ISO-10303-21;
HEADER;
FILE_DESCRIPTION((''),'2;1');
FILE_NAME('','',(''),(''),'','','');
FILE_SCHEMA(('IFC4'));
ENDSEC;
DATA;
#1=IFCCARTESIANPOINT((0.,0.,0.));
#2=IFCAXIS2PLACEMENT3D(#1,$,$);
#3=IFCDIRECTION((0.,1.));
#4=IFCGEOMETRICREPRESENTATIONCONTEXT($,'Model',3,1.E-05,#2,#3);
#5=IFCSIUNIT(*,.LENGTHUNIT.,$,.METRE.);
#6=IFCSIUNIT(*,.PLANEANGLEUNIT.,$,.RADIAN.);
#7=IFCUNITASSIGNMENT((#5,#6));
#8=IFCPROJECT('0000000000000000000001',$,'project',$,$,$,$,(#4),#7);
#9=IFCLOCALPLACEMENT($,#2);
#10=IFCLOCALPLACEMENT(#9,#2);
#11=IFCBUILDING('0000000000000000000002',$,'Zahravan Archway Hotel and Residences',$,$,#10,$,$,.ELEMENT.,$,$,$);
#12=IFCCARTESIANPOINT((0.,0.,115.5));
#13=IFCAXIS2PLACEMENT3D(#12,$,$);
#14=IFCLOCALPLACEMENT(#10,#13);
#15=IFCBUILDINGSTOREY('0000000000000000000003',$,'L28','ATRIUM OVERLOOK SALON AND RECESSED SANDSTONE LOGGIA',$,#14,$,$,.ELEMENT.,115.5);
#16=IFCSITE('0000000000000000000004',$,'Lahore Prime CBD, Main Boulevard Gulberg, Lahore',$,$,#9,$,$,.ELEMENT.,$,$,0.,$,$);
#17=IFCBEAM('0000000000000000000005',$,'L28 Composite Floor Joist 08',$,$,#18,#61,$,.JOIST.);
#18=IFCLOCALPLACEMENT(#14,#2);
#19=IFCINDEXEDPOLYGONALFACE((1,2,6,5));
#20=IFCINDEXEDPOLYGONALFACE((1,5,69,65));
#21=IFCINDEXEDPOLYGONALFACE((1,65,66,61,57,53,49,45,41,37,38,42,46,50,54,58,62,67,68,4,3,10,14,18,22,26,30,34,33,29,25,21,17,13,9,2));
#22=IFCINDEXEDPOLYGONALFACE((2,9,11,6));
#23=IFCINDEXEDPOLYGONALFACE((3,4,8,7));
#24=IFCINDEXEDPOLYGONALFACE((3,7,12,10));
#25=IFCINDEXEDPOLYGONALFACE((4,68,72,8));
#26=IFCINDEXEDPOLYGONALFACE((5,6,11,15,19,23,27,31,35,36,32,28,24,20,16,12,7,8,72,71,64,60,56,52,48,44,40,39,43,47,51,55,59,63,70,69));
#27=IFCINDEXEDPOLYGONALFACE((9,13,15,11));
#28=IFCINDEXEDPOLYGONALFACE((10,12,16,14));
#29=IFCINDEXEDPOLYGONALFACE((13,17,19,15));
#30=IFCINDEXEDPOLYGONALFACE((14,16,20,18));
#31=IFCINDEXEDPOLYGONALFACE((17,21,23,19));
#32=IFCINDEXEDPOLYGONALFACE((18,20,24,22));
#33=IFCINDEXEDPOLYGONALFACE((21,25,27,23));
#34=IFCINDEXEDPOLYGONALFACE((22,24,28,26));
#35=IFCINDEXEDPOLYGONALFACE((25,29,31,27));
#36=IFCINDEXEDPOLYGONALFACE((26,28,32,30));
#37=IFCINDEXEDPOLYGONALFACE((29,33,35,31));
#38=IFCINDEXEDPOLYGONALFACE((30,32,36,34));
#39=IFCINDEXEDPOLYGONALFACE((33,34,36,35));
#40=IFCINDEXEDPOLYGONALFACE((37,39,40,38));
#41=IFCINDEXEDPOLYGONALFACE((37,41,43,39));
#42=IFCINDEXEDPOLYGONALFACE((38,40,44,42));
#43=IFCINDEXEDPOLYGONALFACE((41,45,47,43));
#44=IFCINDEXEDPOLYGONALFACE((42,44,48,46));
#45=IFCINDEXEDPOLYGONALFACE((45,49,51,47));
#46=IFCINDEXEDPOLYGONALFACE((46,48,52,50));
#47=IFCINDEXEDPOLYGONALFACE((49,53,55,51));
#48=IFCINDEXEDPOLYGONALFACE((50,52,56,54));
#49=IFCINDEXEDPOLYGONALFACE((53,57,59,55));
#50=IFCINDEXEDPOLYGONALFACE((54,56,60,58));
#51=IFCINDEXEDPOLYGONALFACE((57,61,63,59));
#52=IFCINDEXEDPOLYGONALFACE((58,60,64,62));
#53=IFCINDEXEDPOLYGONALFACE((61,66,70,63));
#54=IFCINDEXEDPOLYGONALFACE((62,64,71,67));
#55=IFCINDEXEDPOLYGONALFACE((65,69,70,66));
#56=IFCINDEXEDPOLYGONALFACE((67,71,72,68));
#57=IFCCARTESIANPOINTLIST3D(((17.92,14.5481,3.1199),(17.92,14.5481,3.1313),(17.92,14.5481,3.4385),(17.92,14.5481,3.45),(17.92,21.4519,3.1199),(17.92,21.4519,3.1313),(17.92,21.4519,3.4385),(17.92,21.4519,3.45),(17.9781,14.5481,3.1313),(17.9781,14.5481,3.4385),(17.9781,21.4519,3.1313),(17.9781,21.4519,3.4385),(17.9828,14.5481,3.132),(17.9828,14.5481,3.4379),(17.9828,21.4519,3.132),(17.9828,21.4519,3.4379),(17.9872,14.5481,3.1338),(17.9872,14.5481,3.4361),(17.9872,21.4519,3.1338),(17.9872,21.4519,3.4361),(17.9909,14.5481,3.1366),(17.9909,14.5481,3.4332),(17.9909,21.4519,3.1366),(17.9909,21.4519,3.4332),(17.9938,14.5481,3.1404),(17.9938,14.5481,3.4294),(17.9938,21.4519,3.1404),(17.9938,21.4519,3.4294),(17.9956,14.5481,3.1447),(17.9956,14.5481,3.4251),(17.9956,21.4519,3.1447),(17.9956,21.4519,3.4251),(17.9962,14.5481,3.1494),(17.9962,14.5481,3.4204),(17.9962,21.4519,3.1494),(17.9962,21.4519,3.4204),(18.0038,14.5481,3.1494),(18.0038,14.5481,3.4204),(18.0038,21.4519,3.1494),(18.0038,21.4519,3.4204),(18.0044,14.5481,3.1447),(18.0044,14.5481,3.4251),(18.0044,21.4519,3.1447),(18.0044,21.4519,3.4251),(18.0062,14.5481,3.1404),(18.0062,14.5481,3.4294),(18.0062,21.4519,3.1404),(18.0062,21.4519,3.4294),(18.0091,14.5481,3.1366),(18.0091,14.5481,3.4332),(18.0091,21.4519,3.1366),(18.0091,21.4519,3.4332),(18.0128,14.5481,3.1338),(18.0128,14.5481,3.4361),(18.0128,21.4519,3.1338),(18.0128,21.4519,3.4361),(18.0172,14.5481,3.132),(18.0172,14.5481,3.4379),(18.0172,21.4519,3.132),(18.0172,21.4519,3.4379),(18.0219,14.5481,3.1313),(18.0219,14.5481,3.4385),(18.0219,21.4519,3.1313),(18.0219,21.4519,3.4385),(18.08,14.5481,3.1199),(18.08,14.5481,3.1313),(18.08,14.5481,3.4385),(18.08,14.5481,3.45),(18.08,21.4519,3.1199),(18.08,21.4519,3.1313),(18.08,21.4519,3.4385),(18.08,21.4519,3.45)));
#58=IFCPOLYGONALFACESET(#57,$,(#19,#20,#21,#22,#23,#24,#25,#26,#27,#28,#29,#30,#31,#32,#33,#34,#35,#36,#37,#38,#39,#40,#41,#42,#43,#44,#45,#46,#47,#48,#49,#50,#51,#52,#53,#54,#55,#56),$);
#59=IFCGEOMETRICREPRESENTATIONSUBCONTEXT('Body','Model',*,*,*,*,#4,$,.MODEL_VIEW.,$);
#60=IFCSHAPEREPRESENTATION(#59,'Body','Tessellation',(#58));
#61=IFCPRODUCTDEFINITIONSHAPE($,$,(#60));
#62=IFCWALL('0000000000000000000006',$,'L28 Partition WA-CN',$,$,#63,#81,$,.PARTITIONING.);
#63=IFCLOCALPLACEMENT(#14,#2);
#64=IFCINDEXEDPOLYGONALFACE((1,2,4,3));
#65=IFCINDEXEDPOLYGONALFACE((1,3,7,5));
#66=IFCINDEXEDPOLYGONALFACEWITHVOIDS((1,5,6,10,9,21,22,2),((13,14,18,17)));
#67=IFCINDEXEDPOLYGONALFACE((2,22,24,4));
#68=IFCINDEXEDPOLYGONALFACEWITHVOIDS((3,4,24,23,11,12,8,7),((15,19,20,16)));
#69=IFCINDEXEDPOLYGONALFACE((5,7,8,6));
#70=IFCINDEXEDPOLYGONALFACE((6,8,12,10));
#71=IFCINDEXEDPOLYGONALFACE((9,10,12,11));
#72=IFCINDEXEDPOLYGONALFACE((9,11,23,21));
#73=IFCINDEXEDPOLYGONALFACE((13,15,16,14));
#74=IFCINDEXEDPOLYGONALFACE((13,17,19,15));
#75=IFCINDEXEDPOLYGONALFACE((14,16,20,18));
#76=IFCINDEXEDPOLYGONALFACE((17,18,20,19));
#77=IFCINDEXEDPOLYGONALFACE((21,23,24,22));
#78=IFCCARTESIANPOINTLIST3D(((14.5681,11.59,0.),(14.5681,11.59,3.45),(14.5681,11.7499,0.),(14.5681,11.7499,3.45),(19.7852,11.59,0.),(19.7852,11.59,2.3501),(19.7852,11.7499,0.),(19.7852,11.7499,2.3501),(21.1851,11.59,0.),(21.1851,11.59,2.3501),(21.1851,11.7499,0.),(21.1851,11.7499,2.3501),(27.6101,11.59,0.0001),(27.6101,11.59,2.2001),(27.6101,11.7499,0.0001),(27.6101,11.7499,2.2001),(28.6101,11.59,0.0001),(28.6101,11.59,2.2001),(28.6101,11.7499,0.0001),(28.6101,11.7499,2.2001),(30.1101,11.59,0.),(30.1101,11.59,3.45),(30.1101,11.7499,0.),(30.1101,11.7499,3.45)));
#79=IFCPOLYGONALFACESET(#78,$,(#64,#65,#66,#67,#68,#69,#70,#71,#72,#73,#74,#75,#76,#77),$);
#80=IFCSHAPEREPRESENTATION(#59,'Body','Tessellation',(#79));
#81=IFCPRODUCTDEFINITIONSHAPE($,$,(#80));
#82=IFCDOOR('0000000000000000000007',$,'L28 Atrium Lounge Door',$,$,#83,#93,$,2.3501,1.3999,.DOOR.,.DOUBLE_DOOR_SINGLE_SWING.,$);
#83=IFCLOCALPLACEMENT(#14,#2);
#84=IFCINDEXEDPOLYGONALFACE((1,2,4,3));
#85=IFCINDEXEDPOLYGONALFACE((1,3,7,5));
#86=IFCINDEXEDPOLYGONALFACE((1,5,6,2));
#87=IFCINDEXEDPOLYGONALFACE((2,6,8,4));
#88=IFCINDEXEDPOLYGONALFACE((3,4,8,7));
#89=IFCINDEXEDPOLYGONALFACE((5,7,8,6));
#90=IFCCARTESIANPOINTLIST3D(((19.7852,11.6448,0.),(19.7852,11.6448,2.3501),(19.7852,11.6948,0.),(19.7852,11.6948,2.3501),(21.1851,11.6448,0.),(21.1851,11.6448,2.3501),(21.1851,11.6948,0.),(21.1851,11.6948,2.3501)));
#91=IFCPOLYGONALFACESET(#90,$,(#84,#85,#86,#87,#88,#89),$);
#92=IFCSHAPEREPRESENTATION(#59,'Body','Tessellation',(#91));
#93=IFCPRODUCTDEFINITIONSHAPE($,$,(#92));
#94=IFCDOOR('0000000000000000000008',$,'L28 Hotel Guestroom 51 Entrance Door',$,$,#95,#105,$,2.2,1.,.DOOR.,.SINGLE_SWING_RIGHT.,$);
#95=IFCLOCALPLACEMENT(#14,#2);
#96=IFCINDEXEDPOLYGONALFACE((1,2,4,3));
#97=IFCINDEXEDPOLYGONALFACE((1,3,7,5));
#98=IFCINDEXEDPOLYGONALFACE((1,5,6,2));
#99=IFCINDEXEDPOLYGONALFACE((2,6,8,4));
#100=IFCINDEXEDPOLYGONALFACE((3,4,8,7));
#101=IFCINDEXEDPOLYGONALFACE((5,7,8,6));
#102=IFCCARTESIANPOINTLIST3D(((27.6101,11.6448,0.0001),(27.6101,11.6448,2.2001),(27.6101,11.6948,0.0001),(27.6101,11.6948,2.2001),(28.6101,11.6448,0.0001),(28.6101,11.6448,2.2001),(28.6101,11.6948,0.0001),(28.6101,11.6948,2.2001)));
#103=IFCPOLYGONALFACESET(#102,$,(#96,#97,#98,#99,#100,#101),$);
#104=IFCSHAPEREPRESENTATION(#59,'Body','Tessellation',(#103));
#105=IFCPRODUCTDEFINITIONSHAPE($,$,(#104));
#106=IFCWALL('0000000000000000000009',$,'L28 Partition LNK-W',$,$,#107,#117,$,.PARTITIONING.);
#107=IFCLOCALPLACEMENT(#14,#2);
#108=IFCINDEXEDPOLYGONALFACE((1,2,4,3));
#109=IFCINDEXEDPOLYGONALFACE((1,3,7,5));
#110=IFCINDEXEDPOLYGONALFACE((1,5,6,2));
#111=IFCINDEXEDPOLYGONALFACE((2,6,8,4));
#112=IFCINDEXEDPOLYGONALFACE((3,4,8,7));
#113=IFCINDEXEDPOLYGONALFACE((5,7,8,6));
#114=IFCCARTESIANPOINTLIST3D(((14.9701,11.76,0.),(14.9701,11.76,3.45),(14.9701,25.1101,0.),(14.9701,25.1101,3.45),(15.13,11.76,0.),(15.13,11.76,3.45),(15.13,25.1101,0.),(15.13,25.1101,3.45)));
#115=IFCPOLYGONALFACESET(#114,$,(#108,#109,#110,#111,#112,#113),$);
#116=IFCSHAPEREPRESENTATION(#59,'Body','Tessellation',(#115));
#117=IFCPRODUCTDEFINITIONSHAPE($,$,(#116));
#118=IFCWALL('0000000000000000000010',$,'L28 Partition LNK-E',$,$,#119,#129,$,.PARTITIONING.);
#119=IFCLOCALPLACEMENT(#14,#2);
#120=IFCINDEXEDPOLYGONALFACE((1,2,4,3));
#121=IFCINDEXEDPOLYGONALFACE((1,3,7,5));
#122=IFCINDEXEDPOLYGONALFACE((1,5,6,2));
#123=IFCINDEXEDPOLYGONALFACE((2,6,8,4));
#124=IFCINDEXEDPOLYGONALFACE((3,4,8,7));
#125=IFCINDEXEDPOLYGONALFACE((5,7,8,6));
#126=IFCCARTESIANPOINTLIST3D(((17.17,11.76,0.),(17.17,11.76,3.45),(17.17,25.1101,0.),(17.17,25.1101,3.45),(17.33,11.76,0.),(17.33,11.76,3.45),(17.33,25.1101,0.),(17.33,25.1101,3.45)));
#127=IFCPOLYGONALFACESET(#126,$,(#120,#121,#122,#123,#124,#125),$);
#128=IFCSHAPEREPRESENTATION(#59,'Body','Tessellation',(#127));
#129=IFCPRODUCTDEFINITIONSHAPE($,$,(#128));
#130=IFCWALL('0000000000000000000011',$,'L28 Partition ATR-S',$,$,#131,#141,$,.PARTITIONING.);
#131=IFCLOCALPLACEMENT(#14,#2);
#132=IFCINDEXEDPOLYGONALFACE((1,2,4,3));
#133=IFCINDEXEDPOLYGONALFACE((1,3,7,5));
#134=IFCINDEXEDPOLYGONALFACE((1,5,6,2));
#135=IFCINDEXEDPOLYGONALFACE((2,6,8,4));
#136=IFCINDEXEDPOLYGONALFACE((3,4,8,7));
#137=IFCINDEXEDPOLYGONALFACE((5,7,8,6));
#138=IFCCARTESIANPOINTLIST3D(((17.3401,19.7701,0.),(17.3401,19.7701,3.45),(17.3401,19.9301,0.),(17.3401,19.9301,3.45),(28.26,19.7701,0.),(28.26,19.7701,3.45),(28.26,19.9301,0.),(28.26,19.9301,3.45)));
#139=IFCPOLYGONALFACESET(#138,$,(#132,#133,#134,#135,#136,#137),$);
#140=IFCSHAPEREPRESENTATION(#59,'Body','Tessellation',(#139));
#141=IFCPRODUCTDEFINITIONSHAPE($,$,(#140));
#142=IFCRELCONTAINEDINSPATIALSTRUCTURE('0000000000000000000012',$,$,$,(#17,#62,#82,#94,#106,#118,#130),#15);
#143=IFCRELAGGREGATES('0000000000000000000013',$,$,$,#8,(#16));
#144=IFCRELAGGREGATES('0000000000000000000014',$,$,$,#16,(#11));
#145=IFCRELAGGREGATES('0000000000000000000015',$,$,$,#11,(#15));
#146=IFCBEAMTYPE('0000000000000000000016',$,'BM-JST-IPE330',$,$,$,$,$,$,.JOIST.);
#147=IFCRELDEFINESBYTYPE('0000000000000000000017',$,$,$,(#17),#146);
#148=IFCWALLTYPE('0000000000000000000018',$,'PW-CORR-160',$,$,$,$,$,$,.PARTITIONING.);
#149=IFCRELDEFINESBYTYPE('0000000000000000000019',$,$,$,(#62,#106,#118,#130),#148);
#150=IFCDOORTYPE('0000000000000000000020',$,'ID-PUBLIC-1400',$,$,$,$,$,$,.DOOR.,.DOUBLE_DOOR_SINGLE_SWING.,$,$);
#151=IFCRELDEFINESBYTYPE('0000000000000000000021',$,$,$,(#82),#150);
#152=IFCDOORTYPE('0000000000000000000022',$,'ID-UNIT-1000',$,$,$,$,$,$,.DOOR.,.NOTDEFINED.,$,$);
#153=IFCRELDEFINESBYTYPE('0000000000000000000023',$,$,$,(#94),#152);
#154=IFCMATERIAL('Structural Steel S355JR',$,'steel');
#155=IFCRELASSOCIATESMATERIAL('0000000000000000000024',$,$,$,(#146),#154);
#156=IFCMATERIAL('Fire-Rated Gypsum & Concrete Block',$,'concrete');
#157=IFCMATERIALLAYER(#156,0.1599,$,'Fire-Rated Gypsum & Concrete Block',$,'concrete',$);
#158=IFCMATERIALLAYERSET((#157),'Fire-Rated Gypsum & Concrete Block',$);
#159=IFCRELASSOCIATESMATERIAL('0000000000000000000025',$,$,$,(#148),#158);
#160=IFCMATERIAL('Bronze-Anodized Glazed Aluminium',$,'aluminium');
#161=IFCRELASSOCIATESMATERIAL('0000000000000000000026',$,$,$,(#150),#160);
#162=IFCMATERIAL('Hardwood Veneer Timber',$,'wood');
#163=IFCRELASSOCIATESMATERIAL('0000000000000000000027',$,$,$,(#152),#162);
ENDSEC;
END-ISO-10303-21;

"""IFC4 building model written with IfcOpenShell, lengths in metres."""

from ifc_helpers import new_model, si_unit, direction, frame, frame_2d, origin, origin_2d, place, context, subcontext, project, spatial, rectangle, i_section, extrude, source, transform, mapped, material, layer, layer_set, material_profile, profile_set, type_object, type_shapes, element, fill, save


model = new_model("IFC4")

# Units and contexts
model_context = context("Model", 3, precision=1e-05, world=origin(), true_north=direction((0.0, 1.0)))
body_context = subcontext(model_context, "Body", "Model", "MODEL_VIEW")
ifc_project = project(units=[si_unit("LENGTHUNIT", "METRE"), si_unit("PLANEANGLEUNIT", "RADIAN")], contexts=[model_context])

# Site, building, storey
site_placement = place(None, origin())
site = spatial("IfcSite", under=ifc_project, at=site_placement, Name="Lahore Prime CBD, Main Boulevard Gulberg, Lahore", CompositionType="ELEMENT", RefElevation=0.0)
building_placement = place(site_placement, origin())
building = spatial("IfcBuilding", under=site, at=building_placement, Name="Zahravan Archway Hotel and Residences", CompositionType="ELEMENT")
storey_placement = place(building_placement, frame((0.0, 0.0, 115.5)))
storey = spatial("IfcBuildingStorey", under=building, at=storey_placement, Name="L28", Description="ATRIUM OVERLOOK SALON AND RECESSED SANDSTONE LOGGIA", CompositionType="ELEMENT", Elevation=115.5)

# Beam
ifc_material_1 = material(Name="Structural Steel S355JR", Category="steel")
ifc_material_profile_1 = material_profile(ifc_material_1, i_section(OverallWidth=0.1599, OverallDepth=0.3301, WebThickness=0.0076, FlangeThickness=0.0115, FilletRadius=0.0181, at=origin_2d()), Name="IPE 330", Category="steel")
ifc_profile_set_1 = profile_set([ifc_material_profile_1], Name="Structural Steel S355JR")
beam_type_1 = type_object("IfcBeamType", Name="BM-JST-IPE330", PredefinedType="JOIST", material=ifc_profile_set_1)
shared_shape_1 = source(origin(), body_context, "Body", "SweptSolid", [
    extrude(i_section(OverallWidth=0.1599, OverallDepth=0.3301, WebThickness=0.0076, FlangeThickness=0.0115, FilletRadius=0.0181, at=origin_2d()), origin(), (0.0, 0.0, 1.0), 6.9038),
])
beam_1_placement = place(storey_placement, frame((18.0, 14.5481, 3.2849), z_axis=(0.0, 1.0, 0.0), x_axis=(-1.0, 0.0, 0.0)))
element("IfcBeam", 1, at=beam_1_placement, inside=storey, type_object=beam_type_1, Name="L28 Composite Floor Joist 08", PredefinedType="JOIST", context=body_context, shape_type="MappedRepresentation", body=[
    mapped(shared_shape_1, transform((0.0, 0.0, 0.0), scale=1.0)),
])

# Wall, openings, doors
ifc_material_2 = material(Name="Fire-Rated Gypsum & Concrete Block", Category="concrete")
ifc_layer_1 = layer(ifc_material_2, 0.1599, Name="Fire-Rated Gypsum & Concrete Block", Category="concrete")
ifc_layer_set_1 = layer_set([ifc_layer_1], Name="Fire-Rated Gypsum & Concrete Block")
wall_type_1 = type_object("IfcWallType", Name="PW-CORR-160", PredefinedType="PARTITIONING", material=ifc_layer_set_1)
wall_1_placement = place(storey_placement, frame((14.5681, 11.6699, 0.0), z_axis=(0.0, 0.0, 1.0), x_axis=(1.0, 0.0, 0.0)))
wall_1 = element("IfcWall", 2, at=wall_1_placement, inside=storey, type_object=wall_type_1, Name="L28 Partition WA-CN", PredefinedType="PARTITIONING", context=body_context, shape_type="SweptSolid", body=[
    extrude(rectangle(XDim=15.542, YDim=0.1599, at=frame_2d((7.771, 0.0))), origin(), (0.0, 0.0, 1.0), 3.45),
])
opening_1_placement = place(wall_1_placement, frame((5.217, 0.0, 0.0)))
opening_1 = element("IfcOpeningElement", 3, at=opening_1_placement, cuts=wall_1, PredefinedType="OPENING", context=body_context, shape_type="SweptSolid", body=[
    extrude(rectangle(XDim=1.3999, YDim=2.3501, at=frame_2d((0.7, 1.175))), frame((0.0, 0.0898, 0.0), z_axis=(0.0, -1.0, 0.0), x_axis=(1.0, 0.0, 0.0)), (0.0, 0.0, 1.0), 0.1799),
])
opening_2_placement = place(wall_1_placement, frame((13.042, 0.0, 0.0)))
opening_2 = element("IfcOpeningElement", 4, at=opening_2_placement, cuts=wall_1, PredefinedType="OPENING", context=body_context, shape_type="SweptSolid", body=[
    extrude(rectangle(XDim=1.0, YDim=2.2, at=frame_2d((0.5, 1.1001))), frame((0.0, 0.0898, 0.0), z_axis=(0.0, -1.0, 0.0), x_axis=(1.0, 0.0, 0.0)), (0.0, 0.0, 1.0), 0.1799),
])
ifc_material_3 = material(Name="Bronze-Anodized Glazed Aluminium", Category="aluminium")
door_type_1 = type_object("IfcDoorType", Name="ID-PUBLIC-1400", OperationType="DOUBLE_DOOR_SINGLE_SWING", PredefinedType="DOOR", material=ifc_material_3)
shared_shape_2 = source(origin(), body_context, "Body", "SweptSolid", [
    extrude(rectangle(XDim=1.3999, YDim=2.3501, at=frame_2d((0.7, 1.175))), frame((0.0, 0.0249, 0.0), z_axis=(0.0, -1.0, 0.0), x_axis=(1.0, 0.0, 0.0)), (0.0, 0.0, 1.0), 0.05),
])
type_shapes(door_type_1, [shared_shape_2])
door_1_placement = place(opening_1_placement, origin())
door_1 = element("IfcDoor", 5, at=door_1_placement, inside=storey, type_object=door_type_1, Name="L28 Atrium Lounge Door", OperationType="DOUBLE_DOOR_SINGLE_SWING", OverallHeight=2.3501, OverallWidth=1.3999, PredefinedType="DOOR", context=body_context, shape_type="MappedRepresentation", body=[
    mapped(shared_shape_2, transform((0.0, 0.0, 0.0), scale=1.0)),
])
fill(opening_1, door_1)
ifc_material_4 = material(Name="Hardwood Veneer Timber", Category="wood")
door_type_2 = type_object("IfcDoorType", Name="ID-UNIT-1000", OperationType="NOTDEFINED", PredefinedType="DOOR", material=ifc_material_4)
shared_shape_3 = source(origin(), body_context, "Body", "SweptSolid", [
    extrude(rectangle(XDim=1.0, YDim=2.2, at=frame_2d((0.5, 1.1001))), frame((0.0, 0.0249, 0.0), z_axis=(0.0, -1.0, 0.0), x_axis=(1.0, 0.0, 0.0)), (0.0, 0.0, 1.0), 0.05),
])
type_shapes(door_type_2, [shared_shape_3])
door_2_placement = place(opening_2_placement, origin())
door_2 = element("IfcDoor", 6, at=door_2_placement, inside=storey, type_object=door_type_2, Name="L28 Hotel Guestroom 51 Entrance Door", OperationType="SINGLE_SWING_RIGHT", OverallHeight=2.2, OverallWidth=1.0, PredefinedType="DOOR", context=body_context, shape_type="MappedRepresentation", body=[
    mapped(shared_shape_3, transform((0.0, 0.0, 0.0), scale=1.0)),
])
fill(opening_2, door_2)

# Walls
for number, where, z_axis, x_axis, name in (
    (7, (15.05, 11.76, 0.0), (0.0, 0.0, 1.0), (0.0, 1.0, 0.0), "L28 Partition LNK-W"),
    (8, (17.25, 11.76, 0.0), (0.0, 0.0, 1.0), (0.0, 1.0, 0.0), "L28 Partition LNK-E"),
):
    element("IfcWall", number, at=place(storey_placement, frame(where, z_axis=z_axis, x_axis=x_axis)), inside=storey, type_object=wall_type_1, Name=name, PredefinedType="PARTITIONING", context=body_context, shape_type="SweptSolid", body=[
        extrude(rectangle(XDim=13.3501, YDim=0.1599, at=frame_2d((6.675, 0.0))), origin(), (0.0, 0.0, 1.0), 3.45),
    ])
wall_2_placement = place(storey_placement, frame((17.3401, 19.8501, 0.0), z_axis=(0.0, 0.0, 1.0), x_axis=(1.0, 0.0, 0.0)))
element("IfcWall", 9, at=wall_2_placement, inside=storey, type_object=wall_type_1, Name="L28 Partition ATR-S", PredefinedType="PARTITIONING", context=body_context, shape_type="SweptSolid", body=[
    extrude(rectangle(XDim=10.9199, YDim=0.1599, at=frame_2d((5.46, 0.0))), origin(), (0.0, 0.0, 1.0), 3.45),
])

save(model, "model.ifc")
